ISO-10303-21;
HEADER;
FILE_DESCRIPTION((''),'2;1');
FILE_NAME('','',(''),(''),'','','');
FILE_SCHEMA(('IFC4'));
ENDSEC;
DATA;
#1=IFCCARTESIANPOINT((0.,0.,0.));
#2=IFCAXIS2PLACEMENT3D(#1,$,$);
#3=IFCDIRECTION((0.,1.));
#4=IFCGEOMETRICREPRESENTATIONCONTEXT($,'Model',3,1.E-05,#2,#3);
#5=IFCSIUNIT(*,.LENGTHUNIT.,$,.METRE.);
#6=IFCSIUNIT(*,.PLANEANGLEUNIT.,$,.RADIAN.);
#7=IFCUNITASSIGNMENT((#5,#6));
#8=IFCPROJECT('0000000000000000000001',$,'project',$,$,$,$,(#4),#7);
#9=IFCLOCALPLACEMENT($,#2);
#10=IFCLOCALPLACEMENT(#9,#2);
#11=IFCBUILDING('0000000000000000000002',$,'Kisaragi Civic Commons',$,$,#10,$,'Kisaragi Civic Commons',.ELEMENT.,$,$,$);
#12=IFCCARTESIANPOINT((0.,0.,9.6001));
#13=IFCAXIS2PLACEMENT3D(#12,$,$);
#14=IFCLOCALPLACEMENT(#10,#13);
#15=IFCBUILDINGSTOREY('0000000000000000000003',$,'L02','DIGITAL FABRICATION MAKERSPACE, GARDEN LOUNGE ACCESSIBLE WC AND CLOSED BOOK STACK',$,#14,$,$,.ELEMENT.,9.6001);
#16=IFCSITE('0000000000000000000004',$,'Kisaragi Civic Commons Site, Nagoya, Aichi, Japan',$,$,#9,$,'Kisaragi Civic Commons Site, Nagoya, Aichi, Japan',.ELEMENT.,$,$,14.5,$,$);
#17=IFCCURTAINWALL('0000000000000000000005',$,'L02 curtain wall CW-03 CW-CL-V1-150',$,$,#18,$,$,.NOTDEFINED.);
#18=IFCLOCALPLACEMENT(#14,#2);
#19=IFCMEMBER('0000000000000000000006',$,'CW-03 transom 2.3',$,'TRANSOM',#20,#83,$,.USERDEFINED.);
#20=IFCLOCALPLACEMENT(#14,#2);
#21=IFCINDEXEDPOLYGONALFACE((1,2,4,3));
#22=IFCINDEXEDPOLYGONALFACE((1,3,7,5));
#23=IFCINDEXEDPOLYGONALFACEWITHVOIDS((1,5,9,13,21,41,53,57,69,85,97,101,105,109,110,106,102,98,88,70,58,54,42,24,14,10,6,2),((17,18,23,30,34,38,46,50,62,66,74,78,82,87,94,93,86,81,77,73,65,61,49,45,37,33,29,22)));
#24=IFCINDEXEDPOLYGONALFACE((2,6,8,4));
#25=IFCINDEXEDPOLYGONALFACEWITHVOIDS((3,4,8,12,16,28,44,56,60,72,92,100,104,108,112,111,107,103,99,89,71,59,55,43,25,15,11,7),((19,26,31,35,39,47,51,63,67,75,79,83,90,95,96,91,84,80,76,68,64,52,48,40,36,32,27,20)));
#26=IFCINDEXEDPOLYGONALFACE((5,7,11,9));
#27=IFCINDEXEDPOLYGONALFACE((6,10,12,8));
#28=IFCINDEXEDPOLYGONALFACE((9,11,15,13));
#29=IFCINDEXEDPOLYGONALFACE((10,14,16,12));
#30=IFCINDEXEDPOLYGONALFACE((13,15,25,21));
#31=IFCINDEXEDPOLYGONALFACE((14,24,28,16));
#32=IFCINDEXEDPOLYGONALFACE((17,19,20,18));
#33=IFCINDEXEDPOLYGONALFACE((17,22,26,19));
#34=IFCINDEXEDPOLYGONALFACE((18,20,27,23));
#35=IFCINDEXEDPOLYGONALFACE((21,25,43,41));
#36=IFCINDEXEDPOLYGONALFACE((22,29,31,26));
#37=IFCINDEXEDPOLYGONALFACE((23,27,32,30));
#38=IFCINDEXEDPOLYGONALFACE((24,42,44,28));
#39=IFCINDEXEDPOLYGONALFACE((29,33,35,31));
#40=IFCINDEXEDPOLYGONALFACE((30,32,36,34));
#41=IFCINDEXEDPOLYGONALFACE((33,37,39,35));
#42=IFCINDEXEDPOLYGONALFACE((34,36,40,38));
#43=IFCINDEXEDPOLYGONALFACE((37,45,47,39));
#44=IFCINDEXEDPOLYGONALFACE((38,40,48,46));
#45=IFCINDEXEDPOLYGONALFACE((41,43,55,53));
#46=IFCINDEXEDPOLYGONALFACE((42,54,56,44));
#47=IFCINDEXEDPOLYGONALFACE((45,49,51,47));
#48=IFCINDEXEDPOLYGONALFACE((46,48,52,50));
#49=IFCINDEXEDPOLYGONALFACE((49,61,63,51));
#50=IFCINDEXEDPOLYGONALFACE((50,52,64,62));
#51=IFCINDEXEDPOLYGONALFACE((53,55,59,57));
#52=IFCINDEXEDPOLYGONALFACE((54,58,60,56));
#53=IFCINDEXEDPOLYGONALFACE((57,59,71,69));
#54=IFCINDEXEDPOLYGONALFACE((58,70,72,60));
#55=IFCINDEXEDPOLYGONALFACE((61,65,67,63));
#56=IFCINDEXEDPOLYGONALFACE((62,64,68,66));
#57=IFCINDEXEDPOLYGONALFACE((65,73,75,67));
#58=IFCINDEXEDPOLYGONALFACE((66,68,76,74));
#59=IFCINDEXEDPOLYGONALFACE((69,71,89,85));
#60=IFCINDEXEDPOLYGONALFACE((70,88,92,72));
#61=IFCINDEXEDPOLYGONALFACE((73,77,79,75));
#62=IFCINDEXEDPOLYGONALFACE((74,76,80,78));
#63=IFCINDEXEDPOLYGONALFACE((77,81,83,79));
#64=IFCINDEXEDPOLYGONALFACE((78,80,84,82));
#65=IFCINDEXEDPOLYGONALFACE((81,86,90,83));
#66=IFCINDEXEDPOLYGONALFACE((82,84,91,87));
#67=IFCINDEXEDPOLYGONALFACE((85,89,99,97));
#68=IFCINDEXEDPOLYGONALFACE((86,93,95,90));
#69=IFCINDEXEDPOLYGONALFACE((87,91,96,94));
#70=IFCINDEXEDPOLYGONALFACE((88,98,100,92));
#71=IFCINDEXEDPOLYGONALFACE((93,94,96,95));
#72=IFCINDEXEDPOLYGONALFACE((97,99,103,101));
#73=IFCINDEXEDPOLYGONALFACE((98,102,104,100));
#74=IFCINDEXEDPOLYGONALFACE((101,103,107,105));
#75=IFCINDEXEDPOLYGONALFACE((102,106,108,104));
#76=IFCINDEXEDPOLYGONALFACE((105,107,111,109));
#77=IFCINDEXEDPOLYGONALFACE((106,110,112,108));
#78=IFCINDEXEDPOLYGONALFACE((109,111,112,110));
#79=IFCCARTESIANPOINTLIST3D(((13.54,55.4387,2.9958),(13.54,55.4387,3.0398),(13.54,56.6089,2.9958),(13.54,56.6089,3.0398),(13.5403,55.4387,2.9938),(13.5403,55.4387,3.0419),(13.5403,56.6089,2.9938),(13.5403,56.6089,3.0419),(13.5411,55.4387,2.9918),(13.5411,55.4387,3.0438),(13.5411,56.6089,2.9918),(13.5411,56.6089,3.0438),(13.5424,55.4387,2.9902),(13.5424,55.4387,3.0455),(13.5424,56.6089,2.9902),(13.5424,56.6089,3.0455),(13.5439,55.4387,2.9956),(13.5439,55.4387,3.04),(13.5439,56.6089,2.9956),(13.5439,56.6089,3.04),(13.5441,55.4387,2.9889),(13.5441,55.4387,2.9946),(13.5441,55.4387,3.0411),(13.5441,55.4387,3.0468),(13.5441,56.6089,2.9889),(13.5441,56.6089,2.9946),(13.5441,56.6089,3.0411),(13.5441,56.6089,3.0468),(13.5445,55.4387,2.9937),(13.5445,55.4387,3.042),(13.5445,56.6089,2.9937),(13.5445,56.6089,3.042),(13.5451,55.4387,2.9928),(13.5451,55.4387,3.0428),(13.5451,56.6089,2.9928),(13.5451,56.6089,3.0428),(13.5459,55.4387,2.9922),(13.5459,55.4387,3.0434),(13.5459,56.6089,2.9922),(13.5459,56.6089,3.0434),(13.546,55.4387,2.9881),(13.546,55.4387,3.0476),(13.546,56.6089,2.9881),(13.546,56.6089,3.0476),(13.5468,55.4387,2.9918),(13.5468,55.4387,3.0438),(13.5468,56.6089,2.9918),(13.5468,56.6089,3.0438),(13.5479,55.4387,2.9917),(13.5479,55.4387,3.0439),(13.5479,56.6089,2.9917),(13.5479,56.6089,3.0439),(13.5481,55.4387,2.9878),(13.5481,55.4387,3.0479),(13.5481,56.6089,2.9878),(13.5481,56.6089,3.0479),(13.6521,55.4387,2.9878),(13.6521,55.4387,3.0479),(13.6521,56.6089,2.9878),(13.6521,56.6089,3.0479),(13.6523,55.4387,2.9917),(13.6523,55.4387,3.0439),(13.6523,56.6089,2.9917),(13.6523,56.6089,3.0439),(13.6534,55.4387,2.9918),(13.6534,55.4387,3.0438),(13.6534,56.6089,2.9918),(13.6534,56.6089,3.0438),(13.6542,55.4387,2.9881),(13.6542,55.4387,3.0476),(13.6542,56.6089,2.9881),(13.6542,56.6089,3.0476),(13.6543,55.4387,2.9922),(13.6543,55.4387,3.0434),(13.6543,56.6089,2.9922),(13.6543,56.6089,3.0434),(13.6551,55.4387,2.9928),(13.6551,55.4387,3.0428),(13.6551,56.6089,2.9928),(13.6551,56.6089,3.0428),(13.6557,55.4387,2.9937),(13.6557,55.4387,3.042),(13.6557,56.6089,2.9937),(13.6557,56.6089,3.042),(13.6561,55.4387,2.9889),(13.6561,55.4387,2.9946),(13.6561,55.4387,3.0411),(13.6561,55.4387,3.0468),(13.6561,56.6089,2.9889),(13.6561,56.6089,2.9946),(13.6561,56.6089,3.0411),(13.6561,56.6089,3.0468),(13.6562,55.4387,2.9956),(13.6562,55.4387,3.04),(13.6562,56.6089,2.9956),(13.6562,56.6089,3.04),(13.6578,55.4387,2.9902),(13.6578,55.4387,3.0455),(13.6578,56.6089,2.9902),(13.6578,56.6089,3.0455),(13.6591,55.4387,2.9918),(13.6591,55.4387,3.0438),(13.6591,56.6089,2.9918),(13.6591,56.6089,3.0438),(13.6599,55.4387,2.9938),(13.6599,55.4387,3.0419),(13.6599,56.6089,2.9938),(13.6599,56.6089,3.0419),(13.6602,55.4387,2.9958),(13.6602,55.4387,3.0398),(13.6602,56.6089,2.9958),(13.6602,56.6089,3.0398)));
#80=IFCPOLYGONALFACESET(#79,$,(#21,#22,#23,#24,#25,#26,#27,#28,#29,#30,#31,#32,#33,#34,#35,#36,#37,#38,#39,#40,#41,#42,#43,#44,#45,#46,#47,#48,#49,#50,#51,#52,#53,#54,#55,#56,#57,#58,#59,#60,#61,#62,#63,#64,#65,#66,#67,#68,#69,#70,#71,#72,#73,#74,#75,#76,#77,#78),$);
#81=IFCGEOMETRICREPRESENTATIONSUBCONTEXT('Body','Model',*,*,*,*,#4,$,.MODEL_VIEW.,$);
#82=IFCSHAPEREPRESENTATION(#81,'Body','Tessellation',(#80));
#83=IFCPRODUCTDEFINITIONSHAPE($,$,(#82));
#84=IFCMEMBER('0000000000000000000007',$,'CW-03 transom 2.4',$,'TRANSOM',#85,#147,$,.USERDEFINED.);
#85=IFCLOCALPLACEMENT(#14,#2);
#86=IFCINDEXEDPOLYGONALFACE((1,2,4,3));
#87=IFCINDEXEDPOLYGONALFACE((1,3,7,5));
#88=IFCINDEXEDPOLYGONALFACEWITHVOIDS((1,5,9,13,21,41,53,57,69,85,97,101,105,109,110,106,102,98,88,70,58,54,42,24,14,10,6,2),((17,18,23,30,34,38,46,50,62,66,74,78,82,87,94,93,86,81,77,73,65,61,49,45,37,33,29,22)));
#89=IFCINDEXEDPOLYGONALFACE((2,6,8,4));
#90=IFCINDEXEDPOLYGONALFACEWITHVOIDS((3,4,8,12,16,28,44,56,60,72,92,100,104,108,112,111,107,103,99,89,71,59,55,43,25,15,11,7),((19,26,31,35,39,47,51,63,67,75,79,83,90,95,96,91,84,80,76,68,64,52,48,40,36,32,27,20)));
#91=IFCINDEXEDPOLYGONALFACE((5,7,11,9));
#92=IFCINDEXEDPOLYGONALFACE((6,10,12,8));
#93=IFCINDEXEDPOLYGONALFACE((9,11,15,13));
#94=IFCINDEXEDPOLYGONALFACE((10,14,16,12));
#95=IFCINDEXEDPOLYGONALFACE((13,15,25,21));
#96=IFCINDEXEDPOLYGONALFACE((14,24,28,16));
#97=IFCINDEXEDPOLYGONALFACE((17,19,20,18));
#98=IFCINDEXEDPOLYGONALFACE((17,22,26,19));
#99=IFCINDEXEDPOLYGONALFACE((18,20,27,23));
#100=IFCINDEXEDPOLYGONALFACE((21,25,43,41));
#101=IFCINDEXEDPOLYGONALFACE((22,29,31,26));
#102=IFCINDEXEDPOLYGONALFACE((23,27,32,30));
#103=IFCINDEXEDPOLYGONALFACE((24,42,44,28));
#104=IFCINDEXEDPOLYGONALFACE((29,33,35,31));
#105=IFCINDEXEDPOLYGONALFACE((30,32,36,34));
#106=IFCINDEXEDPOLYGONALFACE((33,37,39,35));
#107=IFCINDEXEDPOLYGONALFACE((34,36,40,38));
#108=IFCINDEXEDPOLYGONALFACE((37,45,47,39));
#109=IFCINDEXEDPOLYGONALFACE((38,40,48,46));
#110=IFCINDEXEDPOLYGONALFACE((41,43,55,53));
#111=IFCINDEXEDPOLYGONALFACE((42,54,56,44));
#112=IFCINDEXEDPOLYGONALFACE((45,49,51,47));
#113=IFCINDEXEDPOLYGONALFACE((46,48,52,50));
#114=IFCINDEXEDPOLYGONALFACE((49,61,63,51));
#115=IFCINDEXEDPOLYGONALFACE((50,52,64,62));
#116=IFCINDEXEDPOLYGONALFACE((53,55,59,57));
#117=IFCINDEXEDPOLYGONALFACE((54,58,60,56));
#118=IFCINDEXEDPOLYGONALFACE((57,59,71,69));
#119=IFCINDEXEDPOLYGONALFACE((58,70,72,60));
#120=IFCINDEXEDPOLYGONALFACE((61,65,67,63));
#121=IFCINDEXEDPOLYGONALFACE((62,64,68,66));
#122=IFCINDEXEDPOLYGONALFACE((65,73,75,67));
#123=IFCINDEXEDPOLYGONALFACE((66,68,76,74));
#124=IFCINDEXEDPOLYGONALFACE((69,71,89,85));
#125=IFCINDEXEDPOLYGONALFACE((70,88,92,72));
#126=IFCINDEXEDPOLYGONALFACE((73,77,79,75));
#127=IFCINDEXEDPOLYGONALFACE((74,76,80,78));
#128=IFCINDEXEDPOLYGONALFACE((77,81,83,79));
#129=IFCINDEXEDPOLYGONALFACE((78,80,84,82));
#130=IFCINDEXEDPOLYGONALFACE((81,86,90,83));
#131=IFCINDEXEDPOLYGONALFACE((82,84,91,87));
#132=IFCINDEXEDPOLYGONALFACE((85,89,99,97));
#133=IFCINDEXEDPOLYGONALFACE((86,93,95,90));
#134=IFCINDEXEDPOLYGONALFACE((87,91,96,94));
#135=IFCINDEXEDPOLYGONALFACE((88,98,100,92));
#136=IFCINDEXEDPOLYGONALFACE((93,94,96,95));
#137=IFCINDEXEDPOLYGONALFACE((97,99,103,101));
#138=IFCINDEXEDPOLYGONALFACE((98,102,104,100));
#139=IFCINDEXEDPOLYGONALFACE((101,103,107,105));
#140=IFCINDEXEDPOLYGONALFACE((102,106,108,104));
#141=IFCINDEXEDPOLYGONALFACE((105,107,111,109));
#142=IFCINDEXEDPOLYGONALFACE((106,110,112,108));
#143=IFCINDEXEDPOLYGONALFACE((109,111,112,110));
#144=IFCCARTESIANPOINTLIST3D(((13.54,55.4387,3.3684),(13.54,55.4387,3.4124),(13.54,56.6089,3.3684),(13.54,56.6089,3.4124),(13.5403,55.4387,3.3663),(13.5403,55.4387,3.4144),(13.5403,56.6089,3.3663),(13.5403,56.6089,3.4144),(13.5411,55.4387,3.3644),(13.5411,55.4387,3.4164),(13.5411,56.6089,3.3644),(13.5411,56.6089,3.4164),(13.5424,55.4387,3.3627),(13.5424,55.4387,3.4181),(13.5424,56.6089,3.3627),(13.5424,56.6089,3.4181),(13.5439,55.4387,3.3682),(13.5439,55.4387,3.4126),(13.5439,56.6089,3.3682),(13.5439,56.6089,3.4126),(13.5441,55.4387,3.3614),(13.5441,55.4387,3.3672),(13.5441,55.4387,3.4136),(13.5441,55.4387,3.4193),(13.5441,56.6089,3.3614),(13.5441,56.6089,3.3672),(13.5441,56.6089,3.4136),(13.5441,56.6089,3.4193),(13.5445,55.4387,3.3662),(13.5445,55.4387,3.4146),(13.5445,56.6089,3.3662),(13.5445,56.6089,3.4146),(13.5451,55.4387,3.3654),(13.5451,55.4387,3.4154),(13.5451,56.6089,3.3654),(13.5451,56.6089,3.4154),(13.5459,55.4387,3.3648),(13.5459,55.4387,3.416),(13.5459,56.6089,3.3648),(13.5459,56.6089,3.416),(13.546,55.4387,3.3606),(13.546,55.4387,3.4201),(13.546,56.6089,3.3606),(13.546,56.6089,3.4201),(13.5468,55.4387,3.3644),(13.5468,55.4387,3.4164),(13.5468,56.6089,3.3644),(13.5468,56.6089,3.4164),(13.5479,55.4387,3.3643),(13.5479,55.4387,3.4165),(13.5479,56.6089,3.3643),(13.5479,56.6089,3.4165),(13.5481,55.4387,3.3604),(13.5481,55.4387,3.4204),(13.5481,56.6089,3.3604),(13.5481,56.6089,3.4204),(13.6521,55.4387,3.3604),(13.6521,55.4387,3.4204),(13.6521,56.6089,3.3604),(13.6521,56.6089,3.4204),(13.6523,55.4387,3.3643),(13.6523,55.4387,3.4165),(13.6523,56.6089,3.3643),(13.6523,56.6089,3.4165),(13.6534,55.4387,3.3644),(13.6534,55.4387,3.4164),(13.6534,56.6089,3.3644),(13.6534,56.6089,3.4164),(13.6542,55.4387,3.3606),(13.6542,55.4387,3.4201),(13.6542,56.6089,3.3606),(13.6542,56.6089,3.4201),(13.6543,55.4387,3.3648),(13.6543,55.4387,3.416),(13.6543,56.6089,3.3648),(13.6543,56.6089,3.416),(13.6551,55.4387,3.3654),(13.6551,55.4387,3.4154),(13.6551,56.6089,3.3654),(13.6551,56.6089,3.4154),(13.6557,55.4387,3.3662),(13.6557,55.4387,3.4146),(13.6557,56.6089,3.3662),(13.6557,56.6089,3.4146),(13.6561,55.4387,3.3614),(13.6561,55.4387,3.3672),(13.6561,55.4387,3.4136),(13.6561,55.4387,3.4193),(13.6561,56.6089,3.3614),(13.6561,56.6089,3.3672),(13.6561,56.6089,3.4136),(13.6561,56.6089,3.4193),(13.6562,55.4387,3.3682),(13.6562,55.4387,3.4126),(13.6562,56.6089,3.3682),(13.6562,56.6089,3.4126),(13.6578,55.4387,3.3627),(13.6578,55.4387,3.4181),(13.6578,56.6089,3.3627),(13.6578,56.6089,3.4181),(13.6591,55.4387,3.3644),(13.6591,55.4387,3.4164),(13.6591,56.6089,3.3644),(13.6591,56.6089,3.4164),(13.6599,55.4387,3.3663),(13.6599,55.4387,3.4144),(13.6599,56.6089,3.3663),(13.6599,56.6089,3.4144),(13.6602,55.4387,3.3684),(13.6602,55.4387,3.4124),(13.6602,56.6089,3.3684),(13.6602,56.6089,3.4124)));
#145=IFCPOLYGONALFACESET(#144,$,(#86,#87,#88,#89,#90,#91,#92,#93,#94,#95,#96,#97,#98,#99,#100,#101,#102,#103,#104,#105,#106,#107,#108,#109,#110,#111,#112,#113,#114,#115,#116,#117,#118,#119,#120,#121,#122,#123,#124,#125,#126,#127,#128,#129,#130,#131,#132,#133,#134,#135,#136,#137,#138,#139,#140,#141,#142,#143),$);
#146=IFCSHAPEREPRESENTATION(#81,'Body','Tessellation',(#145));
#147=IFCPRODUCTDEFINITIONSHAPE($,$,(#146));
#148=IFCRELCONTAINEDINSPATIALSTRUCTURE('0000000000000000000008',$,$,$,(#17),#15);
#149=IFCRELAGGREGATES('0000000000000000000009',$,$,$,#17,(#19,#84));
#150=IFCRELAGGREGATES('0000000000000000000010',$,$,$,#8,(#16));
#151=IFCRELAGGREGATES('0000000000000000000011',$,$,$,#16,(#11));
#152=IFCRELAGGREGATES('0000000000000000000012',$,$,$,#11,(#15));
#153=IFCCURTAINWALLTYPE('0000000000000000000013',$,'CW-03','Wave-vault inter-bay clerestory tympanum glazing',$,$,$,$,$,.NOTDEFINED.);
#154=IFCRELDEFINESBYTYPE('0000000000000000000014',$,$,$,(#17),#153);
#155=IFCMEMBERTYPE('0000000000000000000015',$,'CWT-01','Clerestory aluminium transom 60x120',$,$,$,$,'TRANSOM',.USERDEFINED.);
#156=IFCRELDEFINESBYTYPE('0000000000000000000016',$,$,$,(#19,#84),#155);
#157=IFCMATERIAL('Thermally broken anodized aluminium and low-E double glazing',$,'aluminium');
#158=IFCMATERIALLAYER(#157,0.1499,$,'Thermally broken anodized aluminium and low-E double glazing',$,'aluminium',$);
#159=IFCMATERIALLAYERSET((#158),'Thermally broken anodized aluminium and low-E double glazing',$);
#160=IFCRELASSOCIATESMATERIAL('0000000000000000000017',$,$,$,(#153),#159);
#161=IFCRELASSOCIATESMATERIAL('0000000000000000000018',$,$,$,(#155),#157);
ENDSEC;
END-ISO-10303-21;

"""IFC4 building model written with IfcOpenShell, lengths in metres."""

from ifc_helpers import new_model, si_unit, direction, frame, origin, origin_2d, place, context, subcontext, project, spatial, hollow_rectangle, extrude, material, layer, layer_set, material_profile, profile_set, type_object, element, aggregate, save


model = new_model("IFC4")

# Units and contexts
model_context = context("Model", 3, precision=1e-05, world=origin(), true_north=direction((0.0, 1.0)))
body_context = subcontext(model_context, "Body", "Model", "MODEL_VIEW")
ifc_project = project(units=[si_unit("LENGTHUNIT", "METRE"), si_unit("PLANEANGLEUNIT", "RADIAN")], contexts=[model_context])

# Site, building, storey
site_placement = place(None, origin())
site = spatial("IfcSite", under=ifc_project, at=site_placement, Name="Kisaragi Civic Commons Site, Nagoya, Aichi, Japan", LongName="Kisaragi Civic Commons Site, Nagoya, Aichi, Japan", CompositionType="ELEMENT", RefElevation=14.5)
building_placement = place(site_placement, origin())
building = spatial("IfcBuilding", under=site, at=building_placement, Name="Kisaragi Civic Commons", LongName="Kisaragi Civic Commons", CompositionType="ELEMENT")
storey_placement = place(building_placement, frame((0.0, 0.0, 9.6001)))
storey = spatial("IfcBuildingStorey", under=building, at=storey_placement, Name="L02", Description="DIGITAL FABRICATION MAKERSPACE, GARDEN LOUNGE ACCESSIBLE WC AND CLOSED BOOK STACK", CompositionType="ELEMENT", Elevation=9.6001)

# Curtain wall
ifc_material_1 = material(Name="Thermally broken anodized aluminium and low-E double glazing", Category="aluminium")
ifc_layer_1 = layer(ifc_material_1, 0.1499, Name="Thermally broken anodized aluminium and low-E double glazing", Category="aluminium")
ifc_layer_set_1 = layer_set([ifc_layer_1], Name="Thermally broken anodized aluminium and low-E double glazing")
curtain_wall_type = type_object("IfcCurtainWallType", Name="CW-03", Description="Wave-vault inter-bay clerestory tympanum glazing", PredefinedType="NOTDEFINED", material=ifc_layer_set_1)
curtain_wall_1_placement = place(storey_placement, origin())
curtain_wall_1 = element("IfcCurtainWall", 1, at=curtain_wall_1_placement, inside=storey, type_object=curtain_wall_type, Name="L02 curtain wall CW-03 CW-CL-V1-150", PredefinedType="NOTDEFINED")

# Members
ifc_material_profile_1 = material_profile(ifc_material_1, hollow_rectangle(XDim=0.1201, YDim=0.0601, WallThickness=0.0039, InnerFilletRadius=0.0039, OuterFilletRadius=0.0081, at=origin_2d()), Name="CWT-60x120x4", Category="aluminium")
ifc_profile_set_1 = profile_set([ifc_material_profile_1], Name="Thermally broken anodized aluminium and low-E double glazing")
member_type_1 = type_object("IfcMemberType", Name="CWT-01", Description="Clerestory aluminium transom 60x120", ElementType="TRANSOM", PredefinedType="USERDEFINED", material=ifc_profile_set_1)
member_1_placement = place(storey_placement, frame((13.6001, 55.4387, 3.0178), z_axis=(0.0, 1.0, 0.0), x_axis=(-1.0, 0.0, 0.0)))
member_1 = element("IfcMember", 2, at=member_1_placement, type_object=member_type_1, Name="CW-03 transom 2.3", ObjectType="TRANSOM", PredefinedType="USERDEFINED", context=body_context, shape_type="SweptSolid", body=[
    extrude(hollow_rectangle(XDim=0.1201, YDim=0.0601, WallThickness=0.0039, InnerFilletRadius=0.0039, OuterFilletRadius=0.0081, at=origin_2d()), origin(), (0.0, 0.0, 1.0), 1.1702),
])
member_2_placement = place(storey_placement, frame((13.6001, 55.4387, 3.3904), z_axis=(0.0, 1.0, 0.0), x_axis=(-1.0, 0.0, 0.0)))
member_2 = element("IfcMember", 3, at=member_2_placement, type_object=member_type_1, Name="CW-03 transom 2.4", ObjectType="TRANSOM", PredefinedType="USERDEFINED", context=body_context, shape_type="SweptSolid", body=[
    extrude(hollow_rectangle(XDim=0.1201, YDim=0.0601, WallThickness=0.0039, InnerFilletRadius=0.0039, OuterFilletRadius=0.0081, at=origin_2d()), origin(), (0.0, 0.0, 1.0), 1.1702),
])

aggregate(curtain_wall_1, [member_1, member_2])

save(model, "model.ifc")
